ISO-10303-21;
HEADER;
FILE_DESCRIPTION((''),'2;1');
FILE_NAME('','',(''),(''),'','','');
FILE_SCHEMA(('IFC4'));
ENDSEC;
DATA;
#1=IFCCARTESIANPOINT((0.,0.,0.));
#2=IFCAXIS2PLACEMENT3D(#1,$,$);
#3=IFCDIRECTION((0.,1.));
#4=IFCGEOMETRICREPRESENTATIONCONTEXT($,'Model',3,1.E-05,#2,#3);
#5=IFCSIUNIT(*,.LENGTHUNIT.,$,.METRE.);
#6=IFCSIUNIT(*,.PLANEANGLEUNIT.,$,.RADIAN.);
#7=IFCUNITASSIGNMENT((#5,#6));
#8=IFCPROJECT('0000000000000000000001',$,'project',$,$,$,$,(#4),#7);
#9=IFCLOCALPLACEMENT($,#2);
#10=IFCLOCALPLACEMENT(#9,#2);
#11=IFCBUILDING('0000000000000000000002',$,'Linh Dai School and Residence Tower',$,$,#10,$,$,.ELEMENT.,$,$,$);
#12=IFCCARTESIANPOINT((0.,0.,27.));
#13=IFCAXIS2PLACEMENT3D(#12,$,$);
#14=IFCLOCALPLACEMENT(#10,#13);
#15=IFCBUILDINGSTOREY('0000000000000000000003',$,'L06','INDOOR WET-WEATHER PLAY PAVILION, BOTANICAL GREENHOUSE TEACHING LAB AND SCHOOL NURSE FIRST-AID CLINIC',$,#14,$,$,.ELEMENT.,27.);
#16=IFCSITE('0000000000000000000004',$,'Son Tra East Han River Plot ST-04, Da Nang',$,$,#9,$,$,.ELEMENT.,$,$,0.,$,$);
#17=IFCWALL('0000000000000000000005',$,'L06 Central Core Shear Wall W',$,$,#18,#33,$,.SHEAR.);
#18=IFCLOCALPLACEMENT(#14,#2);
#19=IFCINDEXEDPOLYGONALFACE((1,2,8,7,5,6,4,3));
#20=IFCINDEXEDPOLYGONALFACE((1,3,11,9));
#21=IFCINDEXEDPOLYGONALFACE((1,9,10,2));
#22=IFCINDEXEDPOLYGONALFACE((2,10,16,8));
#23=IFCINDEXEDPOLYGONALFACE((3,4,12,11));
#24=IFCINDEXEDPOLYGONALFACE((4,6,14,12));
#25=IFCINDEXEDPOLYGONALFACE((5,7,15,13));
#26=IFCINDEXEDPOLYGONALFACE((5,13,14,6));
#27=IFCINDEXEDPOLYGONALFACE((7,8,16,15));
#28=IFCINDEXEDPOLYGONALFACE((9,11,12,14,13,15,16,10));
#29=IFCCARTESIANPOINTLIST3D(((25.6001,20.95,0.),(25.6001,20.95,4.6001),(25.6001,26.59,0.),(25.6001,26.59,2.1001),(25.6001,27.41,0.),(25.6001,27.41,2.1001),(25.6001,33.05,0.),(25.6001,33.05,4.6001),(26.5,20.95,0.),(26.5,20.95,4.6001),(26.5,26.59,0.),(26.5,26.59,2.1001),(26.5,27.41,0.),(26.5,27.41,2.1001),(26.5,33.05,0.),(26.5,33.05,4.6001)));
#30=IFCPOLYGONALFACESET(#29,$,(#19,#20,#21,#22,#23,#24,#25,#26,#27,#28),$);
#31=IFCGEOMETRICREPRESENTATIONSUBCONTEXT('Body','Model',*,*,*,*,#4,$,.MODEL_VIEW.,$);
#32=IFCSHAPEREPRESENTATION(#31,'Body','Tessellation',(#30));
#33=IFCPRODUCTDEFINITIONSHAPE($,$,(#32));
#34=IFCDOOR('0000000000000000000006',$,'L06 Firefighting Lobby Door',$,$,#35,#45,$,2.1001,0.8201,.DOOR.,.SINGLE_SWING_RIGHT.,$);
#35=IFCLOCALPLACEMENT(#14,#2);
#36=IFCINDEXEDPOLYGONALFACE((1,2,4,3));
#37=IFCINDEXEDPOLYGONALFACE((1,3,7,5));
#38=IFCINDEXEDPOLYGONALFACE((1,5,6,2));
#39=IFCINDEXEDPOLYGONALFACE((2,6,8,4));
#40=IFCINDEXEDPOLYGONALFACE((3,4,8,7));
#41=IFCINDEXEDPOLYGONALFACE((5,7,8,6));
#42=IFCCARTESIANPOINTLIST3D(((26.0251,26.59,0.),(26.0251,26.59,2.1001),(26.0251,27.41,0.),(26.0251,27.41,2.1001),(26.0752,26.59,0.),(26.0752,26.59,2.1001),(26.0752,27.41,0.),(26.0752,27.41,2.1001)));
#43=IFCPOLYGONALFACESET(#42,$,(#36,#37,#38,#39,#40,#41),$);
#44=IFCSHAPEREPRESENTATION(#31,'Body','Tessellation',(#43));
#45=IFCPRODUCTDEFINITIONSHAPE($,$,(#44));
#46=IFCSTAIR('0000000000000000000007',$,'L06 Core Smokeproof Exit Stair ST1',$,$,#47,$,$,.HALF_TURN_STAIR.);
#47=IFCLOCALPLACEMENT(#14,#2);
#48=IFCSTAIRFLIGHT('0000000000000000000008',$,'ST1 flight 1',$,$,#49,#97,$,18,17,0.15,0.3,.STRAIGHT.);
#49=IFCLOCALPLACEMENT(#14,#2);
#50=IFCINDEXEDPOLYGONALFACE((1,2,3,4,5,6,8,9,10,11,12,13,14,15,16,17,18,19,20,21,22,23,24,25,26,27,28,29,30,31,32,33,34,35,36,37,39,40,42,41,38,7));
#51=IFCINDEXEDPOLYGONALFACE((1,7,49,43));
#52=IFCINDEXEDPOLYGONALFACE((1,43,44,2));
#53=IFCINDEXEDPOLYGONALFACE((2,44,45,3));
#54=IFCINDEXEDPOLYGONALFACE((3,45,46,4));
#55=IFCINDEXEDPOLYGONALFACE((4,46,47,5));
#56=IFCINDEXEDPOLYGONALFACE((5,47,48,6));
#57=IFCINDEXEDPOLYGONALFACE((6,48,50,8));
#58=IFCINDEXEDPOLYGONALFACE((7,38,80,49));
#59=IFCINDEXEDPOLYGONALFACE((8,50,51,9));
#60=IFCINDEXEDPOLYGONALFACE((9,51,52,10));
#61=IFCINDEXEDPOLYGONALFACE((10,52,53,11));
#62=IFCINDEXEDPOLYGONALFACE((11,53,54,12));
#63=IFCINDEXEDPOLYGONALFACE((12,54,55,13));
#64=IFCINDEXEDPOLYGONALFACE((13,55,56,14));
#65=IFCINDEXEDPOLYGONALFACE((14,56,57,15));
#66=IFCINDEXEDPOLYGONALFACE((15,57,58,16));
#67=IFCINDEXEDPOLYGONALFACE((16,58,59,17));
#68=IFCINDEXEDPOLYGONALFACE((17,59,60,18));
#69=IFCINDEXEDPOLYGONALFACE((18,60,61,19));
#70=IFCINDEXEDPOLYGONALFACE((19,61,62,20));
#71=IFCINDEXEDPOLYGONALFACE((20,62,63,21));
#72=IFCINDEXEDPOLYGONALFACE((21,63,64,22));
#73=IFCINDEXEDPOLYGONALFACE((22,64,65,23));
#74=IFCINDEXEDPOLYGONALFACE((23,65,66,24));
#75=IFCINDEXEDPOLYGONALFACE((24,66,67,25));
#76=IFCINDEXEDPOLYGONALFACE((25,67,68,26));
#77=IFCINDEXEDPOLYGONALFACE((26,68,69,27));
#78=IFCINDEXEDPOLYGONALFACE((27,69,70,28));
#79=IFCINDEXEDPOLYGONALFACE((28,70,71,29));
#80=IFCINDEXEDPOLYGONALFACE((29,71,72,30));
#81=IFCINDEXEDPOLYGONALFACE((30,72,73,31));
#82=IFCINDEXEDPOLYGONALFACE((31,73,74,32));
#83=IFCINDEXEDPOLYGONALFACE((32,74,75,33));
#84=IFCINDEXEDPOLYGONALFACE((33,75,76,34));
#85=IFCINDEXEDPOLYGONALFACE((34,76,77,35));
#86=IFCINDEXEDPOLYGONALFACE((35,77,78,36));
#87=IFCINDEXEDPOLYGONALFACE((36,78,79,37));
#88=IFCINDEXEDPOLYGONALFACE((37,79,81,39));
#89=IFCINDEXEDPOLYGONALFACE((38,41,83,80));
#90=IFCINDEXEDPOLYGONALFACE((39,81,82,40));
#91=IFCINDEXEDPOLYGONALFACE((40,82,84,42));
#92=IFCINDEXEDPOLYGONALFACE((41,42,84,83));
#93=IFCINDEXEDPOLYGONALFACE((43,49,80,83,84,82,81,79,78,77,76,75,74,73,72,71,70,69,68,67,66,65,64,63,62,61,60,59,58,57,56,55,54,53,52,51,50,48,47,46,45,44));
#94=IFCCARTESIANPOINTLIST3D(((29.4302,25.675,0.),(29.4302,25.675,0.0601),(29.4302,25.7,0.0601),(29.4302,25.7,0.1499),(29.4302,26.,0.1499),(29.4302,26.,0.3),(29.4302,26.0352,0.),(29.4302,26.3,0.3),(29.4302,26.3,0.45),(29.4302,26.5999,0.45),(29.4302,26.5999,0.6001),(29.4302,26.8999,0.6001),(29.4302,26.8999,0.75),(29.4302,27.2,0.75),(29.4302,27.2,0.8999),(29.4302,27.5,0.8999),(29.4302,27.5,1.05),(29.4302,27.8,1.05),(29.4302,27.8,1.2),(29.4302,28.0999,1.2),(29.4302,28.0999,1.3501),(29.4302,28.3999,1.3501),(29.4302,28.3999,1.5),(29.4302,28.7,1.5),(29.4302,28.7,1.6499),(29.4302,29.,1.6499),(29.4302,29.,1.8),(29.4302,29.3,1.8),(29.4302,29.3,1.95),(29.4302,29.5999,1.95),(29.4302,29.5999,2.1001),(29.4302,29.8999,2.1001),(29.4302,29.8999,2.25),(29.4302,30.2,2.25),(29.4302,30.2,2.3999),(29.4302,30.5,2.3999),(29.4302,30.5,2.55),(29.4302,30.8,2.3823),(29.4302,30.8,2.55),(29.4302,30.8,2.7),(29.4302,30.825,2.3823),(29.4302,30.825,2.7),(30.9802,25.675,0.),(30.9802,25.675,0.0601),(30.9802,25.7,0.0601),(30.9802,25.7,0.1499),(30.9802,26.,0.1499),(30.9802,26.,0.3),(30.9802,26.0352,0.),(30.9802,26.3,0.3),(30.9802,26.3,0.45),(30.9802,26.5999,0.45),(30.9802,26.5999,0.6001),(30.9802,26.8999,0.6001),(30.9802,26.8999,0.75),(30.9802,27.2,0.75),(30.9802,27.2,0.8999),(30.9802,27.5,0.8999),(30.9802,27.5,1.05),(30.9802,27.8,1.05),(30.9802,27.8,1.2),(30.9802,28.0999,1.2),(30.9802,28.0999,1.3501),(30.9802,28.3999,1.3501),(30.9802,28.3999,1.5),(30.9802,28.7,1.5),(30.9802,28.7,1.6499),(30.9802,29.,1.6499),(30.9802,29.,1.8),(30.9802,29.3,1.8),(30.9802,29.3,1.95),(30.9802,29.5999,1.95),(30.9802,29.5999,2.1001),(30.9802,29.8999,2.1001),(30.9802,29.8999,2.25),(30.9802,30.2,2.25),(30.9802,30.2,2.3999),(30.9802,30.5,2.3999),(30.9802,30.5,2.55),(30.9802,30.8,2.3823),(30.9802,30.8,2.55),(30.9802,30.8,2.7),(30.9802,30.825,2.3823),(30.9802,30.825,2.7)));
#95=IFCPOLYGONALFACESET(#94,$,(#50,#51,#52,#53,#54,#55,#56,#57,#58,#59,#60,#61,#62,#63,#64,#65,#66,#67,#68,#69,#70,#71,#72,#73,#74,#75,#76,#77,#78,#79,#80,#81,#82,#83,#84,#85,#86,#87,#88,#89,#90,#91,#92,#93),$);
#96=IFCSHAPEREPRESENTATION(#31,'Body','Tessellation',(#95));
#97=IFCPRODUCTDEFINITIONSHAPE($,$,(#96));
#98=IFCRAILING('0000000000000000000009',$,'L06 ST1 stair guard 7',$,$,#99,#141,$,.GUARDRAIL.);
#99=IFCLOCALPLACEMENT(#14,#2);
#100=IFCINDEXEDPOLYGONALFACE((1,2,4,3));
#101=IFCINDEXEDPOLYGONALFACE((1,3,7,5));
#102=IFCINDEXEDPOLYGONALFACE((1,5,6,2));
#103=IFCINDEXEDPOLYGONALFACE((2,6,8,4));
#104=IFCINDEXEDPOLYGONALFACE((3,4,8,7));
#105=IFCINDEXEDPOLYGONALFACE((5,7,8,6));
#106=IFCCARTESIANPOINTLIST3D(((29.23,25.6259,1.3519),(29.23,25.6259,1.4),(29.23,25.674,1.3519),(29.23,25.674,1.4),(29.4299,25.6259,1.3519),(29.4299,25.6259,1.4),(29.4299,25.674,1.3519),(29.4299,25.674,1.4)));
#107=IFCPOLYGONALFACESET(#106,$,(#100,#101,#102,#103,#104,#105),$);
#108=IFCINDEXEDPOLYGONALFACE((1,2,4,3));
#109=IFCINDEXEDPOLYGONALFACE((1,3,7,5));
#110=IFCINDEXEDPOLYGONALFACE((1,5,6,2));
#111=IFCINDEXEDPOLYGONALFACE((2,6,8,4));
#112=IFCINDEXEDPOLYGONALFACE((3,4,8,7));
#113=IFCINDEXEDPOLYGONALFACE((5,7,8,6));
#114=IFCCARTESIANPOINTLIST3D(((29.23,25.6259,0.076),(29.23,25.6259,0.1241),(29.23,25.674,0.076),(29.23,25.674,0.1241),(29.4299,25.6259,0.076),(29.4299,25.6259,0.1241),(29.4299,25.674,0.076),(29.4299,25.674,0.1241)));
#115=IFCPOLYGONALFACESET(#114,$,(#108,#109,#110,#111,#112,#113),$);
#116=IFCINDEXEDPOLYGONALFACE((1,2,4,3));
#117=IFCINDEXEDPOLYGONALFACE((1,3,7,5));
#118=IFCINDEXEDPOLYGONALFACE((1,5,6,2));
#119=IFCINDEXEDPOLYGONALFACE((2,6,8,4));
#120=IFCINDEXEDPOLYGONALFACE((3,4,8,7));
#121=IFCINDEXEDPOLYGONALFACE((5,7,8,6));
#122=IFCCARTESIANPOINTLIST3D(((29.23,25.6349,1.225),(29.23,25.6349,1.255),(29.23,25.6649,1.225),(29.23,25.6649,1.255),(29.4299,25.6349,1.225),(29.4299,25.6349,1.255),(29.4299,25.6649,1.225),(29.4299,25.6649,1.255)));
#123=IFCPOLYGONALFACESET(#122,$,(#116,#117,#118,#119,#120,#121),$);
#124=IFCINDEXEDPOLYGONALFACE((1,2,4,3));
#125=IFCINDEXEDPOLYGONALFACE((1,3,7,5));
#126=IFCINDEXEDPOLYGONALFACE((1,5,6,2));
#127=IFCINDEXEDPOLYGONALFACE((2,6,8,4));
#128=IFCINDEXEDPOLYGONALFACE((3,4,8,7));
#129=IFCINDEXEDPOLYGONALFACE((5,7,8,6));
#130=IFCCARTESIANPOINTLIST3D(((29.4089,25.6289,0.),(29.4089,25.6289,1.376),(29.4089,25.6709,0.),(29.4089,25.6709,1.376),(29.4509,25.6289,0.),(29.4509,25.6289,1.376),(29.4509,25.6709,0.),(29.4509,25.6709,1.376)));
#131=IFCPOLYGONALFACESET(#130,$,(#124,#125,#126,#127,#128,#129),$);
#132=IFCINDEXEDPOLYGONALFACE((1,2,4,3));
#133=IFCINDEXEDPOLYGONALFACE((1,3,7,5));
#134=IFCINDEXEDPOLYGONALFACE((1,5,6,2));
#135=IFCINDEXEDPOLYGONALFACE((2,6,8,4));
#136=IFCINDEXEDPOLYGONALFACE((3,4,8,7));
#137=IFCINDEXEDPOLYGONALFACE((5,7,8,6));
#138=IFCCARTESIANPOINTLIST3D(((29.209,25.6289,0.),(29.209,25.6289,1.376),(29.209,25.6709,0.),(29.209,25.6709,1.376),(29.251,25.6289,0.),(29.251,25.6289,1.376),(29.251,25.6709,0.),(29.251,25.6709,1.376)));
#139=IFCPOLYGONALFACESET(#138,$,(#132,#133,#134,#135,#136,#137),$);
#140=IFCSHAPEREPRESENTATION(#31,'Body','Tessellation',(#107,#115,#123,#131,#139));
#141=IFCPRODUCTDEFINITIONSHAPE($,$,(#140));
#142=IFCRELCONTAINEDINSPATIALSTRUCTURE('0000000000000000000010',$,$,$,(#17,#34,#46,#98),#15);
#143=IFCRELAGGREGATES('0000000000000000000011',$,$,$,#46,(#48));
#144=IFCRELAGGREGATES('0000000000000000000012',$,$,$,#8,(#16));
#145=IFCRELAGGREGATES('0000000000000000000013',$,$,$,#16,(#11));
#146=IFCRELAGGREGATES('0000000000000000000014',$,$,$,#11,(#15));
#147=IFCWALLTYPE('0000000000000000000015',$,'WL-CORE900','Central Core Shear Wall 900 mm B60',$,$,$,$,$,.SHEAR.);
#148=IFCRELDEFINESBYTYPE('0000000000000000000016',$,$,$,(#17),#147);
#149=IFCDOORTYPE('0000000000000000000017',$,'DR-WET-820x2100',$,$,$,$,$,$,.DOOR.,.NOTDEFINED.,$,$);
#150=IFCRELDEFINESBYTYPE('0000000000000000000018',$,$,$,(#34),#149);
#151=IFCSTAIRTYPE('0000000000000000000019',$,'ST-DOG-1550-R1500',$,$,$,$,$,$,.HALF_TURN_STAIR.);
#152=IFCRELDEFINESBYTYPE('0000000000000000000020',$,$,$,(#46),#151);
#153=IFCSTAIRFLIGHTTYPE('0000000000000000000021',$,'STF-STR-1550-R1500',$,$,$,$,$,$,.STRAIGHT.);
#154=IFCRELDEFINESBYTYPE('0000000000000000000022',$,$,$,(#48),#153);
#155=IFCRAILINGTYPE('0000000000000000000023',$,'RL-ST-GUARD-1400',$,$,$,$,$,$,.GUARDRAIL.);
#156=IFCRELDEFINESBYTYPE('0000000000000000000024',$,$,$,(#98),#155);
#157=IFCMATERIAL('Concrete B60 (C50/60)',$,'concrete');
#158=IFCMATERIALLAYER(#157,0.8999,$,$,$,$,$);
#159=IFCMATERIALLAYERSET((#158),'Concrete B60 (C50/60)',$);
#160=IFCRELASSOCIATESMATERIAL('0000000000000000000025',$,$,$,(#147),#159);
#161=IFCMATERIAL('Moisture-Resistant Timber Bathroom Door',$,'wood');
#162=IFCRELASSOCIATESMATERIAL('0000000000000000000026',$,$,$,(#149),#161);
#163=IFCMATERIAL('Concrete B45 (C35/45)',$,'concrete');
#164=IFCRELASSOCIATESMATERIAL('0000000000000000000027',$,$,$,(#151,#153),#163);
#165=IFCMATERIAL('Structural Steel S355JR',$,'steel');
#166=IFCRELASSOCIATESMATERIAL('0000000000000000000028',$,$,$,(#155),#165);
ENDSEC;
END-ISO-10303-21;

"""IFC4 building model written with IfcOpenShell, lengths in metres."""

from ifc_helpers import new_model, si_unit, direction, frame, frame_2d, origin, origin_2d, place, context, subcontext, project, spatial, polyline, rectangle, outline, extrude, source, transform, mapped, material, layer, layer_set, type_object, element, fill, aggregate, save


model = new_model("IFC4")

# Units and contexts
model_context = context("Model", 3, precision=1e-05, world=origin(), true_north=direction((0.0, 1.0)))
body_context = subcontext(model_context, "Body", "Model", "MODEL_VIEW")
ifc_project = project(units=[si_unit("LENGTHUNIT", "METRE"), si_unit("PLANEANGLEUNIT", "RADIAN")], contexts=[model_context])

# Site, building, storey
site_placement = place(None, origin())
site = spatial("IfcSite", under=ifc_project, at=site_placement, Name="Son Tra East Han River Plot ST-04, Da Nang", CompositionType="ELEMENT", RefElevation=0.0)
building_placement = place(site_placement, origin())
building = spatial("IfcBuilding", under=site, at=building_placement, Name="Linh Dai School and Residence Tower", CompositionType="ELEMENT")
storey_placement = place(building_placement, frame((0.0, 0.0, 27.0)))
storey = spatial("IfcBuildingStorey", under=building, at=storey_placement, Name="L06", Description="INDOOR WET-WEATHER PLAY PAVILION, BOTANICAL GREENHOUSE TEACHING LAB AND SCHOOL NURSE FIRST-AID CLINIC", CompositionType="ELEMENT", Elevation=27.0)

# Shared definitions
ifc_material_1 = material(Name="Structural Steel S355JR", Category="steel")

# Shared definitions
ifc_material_2 = material(Name="Concrete B45 (C35/45)", Category="concrete")

# Wall, opening, door
ifc_material_3 = material(Name="Concrete B60 (C50/60)", Category="concrete")
ifc_layer_1 = layer(ifc_material_3, 0.8999)
ifc_layer_set_1 = layer_set([ifc_layer_1], Name="Concrete B60 (C50/60)")
wall_type_1 = type_object("IfcWallType", Name="WL-CORE900", Description="Central Core Shear Wall 900 mm B60", PredefinedType="SHEAR", material=ifc_layer_set_1)
wall_1_placement = place(storey_placement, frame((26.05, 20.95, 0.0), z_axis=(0.0, 0.0, 1.0), x_axis=(0.0, 1.0, 0.0)))
wall_1 = element("IfcWall", 1, at=wall_1_placement, inside=storey, type_object=wall_type_1, Name="L06 Central Core Shear Wall W", PredefinedType="SHEAR", context=body_context, shape_type="SweptSolid", body=[
    extrude(rectangle(XDim=12.1001, YDim=0.8999, at=frame_2d((6.05, 0.0))), origin(), (0.0, 0.0, 1.0), 4.6001),
])
opening_1_placement = place(wall_1_placement, frame((5.6399, 0.0, 0.0)))
opening_1 = element("IfcOpeningElement", 2, at=opening_1_placement, cuts=wall_1, PredefinedType="OPENING", context=body_context, shape_type="SweptSolid", body=[
    extrude(rectangle(XDim=0.8201, YDim=2.1001, at=origin_2d()), frame((0.4102, 0.46, 1.05), z_axis=(0.0, -1.0, 0.0), x_axis=(1.0, 0.0, 0.0)), (0.0, 0.0, 1.0), 0.9199),
])
ifc_material_4 = material(Name="Moisture-Resistant Timber Bathroom Door", Category="wood")
door_type_1 = type_object("IfcDoorType", Name="DR-WET-820x2100", OperationType="NOTDEFINED", PredefinedType="DOOR", material=ifc_material_4)
shared_shape_1 = source(origin(), body_context, "Body", "SweptSolid", [
    extrude(rectangle(XDim=0.8201, YDim=2.1001, at=origin_2d()), frame((0.4102, 0.0249, 1.05), z_axis=(0.0, -1.0, 0.0), x_axis=(1.0, 0.0, 0.0)), (0.0, 0.0, 1.0), 0.05),
])
door_1_placement = place(opening_1_placement, origin())
door_1 = element("IfcDoor", 3, at=door_1_placement, inside=storey, type_object=door_type_1, Name="L06 Firefighting Lobby Door", OperationType="SINGLE_SWING_RIGHT", OverallHeight=2.1001, OverallWidth=0.8201, PredefinedType="DOOR", context=body_context, shape_type="MappedRepresentation", body=[
    mapped(shared_shape_1, transform((0.0, 0.0, 0.0), x_axis=(1.0, 0.0, 0.0), y_axis=(0.0, 1.0, 0.0), z_axis=(0.0, 0.0, 1.0), scale=1.0)),
])
fill(opening_1, door_1)

# Stair, stair flight
stair_type = type_object("IfcStairType", Name="ST-DOG-1550-R1500", PredefinedType="HALF_TURN_STAIR", material=ifc_material_2)
stair_placement = place(storey_placement, origin())
stair = element("IfcStair", 4, at=stair_placement, inside=storey, type_object=stair_type, Name="L06 Core Smokeproof Exit Stair ST1", PredefinedType="HALF_TURN_STAIR")
stair_flight_type = type_object("IfcStairFlightType", Name="STF-STR-1550-R1500", PredefinedType="STRAIGHT", material=ifc_material_2)
shared_shape_2 = source(origin(), body_context, "Body", "SweptSolid", [
    extrude(outline(polyline([(-0.0249, 0.0), (-0.0249, 0.0601), (0.0, 0.0601), (0.0, 0.1499), (0.3, 0.1499), (0.3, 0.3), (0.6001, 0.3), (0.6001, 0.45), (0.8999, 0.45), (0.8999, 0.6001), (1.2, 0.6001), (1.2, 0.75), (1.5, 0.75), (1.5, 0.8999), (1.8, 0.8999), (1.8, 1.05), (2.1001, 1.05), (2.1001, 1.2), (2.3999, 1.2), (2.3999, 1.3501), (2.7, 1.3501), (2.7, 1.5), (3.0, 1.5), (3.0, 1.6499), (3.3, 1.6499), (3.3, 1.8), (3.6001, 1.8), (3.6001, 1.95), (3.8999, 1.95), (3.8999, 2.1001), (4.2, 2.1001), (4.2, 2.25), (4.5, 2.25), (4.5, 2.3999), (4.8, 2.3999), (4.8, 2.55), (5.1001, 2.55), (5.1001, 2.7), (5.125, 2.7), (5.125, 2.3823), (5.1001, 2.3823), (0.3352, 0.0), (-0.0249, 0.0)])), frame((0.0, 0.7749, 0.0), z_axis=(0.0, -1.0, 0.0), x_axis=(1.0, 0.0, 0.0)), (0.0, 0.0, 1.0), 1.55),
])
stair_flight_placement = place(storey_placement, frame((30.2051, 25.7, 0.0), z_axis=(0.0, 0.0, 1.0), x_axis=(0.0, 1.0, 0.0)))
stair_flight = element("IfcStairFlight", 5, at=stair_flight_placement, type_object=stair_flight_type, Name="ST1 flight 1", NumberOfRisers=18, NumberOfTreads=17, PredefinedType="STRAIGHT", RiserHeight=0.15, TreadLength=0.3, context=body_context, shape_type="MappedRepresentation", body=[
    mapped(shared_shape_2, transform((0.0, 0.0, 0.0), x_axis=(1.0, 0.0, 0.0), y_axis=(0.0, 1.0, 0.0), z_axis=(0.0, 0.0, 1.0), scale=1.0)),
])
aggregate(stair, [stair_flight])

# Railing
railing_type_1 = type_object("IfcRailingType", Name="RL-ST-GUARD-1400", PredefinedType="GUARDRAIL", material=ifc_material_1)
shared_shape_3 = source(origin(), body_context, "Body", "SweptSolid", [
    extrude(rectangle(XDim=0.0481, YDim=0.0481, at=origin_2d()), frame((0.0, 0.0, 1.376), z_axis=(-1.0, 0.0, 0.0), x_axis=(0.0, -1.0, 0.0)), (0.0, 0.0, 1.0), 0.2),
    extrude(rectangle(XDim=0.0481, YDim=0.0481, at=origin_2d()), frame((0.0, 0.0, 0.1001), z_axis=(-1.0, 0.0, 0.0), x_axis=(0.0, -1.0, 0.0)), (0.0, 0.0, 1.0), 0.2),
    extrude(rectangle(XDim=0.03, YDim=0.03, at=origin_2d()), frame((0.0, 0.0, 1.24), z_axis=(-1.0, 0.0, 0.0), x_axis=(0.0, -1.0, 0.0)), (0.0, 0.0, 1.0), 0.2),
    extrude(rectangle(XDim=0.042, YDim=0.042, at=origin_2d()), origin(), (0.0, 0.0, 1.0), 1.376),
    extrude(rectangle(XDim=0.042, YDim=0.042, at=origin_2d()), frame((-0.2, 0.0, 0.0)), (0.0, 0.0, 1.0), 1.376),
])
railing_1_placement = place(storey_placement, frame((29.4299, 25.6499, 0.0)))
element("IfcRailing", 6, at=railing_1_placement, inside=storey, type_object=railing_type_1, Name="L06 ST1 stair guard 7", PredefinedType="GUARDRAIL", context=body_context, shape_type="MappedRepresentation", body=[
    mapped(shared_shape_3, transform((0.0, 0.0, 0.0), x_axis=(1.0, 0.0, 0.0), y_axis=(0.0, 1.0, 0.0), z_axis=(0.0, 0.0, 1.0), scale=1.0)),
])

save(model, "model.ifc")
